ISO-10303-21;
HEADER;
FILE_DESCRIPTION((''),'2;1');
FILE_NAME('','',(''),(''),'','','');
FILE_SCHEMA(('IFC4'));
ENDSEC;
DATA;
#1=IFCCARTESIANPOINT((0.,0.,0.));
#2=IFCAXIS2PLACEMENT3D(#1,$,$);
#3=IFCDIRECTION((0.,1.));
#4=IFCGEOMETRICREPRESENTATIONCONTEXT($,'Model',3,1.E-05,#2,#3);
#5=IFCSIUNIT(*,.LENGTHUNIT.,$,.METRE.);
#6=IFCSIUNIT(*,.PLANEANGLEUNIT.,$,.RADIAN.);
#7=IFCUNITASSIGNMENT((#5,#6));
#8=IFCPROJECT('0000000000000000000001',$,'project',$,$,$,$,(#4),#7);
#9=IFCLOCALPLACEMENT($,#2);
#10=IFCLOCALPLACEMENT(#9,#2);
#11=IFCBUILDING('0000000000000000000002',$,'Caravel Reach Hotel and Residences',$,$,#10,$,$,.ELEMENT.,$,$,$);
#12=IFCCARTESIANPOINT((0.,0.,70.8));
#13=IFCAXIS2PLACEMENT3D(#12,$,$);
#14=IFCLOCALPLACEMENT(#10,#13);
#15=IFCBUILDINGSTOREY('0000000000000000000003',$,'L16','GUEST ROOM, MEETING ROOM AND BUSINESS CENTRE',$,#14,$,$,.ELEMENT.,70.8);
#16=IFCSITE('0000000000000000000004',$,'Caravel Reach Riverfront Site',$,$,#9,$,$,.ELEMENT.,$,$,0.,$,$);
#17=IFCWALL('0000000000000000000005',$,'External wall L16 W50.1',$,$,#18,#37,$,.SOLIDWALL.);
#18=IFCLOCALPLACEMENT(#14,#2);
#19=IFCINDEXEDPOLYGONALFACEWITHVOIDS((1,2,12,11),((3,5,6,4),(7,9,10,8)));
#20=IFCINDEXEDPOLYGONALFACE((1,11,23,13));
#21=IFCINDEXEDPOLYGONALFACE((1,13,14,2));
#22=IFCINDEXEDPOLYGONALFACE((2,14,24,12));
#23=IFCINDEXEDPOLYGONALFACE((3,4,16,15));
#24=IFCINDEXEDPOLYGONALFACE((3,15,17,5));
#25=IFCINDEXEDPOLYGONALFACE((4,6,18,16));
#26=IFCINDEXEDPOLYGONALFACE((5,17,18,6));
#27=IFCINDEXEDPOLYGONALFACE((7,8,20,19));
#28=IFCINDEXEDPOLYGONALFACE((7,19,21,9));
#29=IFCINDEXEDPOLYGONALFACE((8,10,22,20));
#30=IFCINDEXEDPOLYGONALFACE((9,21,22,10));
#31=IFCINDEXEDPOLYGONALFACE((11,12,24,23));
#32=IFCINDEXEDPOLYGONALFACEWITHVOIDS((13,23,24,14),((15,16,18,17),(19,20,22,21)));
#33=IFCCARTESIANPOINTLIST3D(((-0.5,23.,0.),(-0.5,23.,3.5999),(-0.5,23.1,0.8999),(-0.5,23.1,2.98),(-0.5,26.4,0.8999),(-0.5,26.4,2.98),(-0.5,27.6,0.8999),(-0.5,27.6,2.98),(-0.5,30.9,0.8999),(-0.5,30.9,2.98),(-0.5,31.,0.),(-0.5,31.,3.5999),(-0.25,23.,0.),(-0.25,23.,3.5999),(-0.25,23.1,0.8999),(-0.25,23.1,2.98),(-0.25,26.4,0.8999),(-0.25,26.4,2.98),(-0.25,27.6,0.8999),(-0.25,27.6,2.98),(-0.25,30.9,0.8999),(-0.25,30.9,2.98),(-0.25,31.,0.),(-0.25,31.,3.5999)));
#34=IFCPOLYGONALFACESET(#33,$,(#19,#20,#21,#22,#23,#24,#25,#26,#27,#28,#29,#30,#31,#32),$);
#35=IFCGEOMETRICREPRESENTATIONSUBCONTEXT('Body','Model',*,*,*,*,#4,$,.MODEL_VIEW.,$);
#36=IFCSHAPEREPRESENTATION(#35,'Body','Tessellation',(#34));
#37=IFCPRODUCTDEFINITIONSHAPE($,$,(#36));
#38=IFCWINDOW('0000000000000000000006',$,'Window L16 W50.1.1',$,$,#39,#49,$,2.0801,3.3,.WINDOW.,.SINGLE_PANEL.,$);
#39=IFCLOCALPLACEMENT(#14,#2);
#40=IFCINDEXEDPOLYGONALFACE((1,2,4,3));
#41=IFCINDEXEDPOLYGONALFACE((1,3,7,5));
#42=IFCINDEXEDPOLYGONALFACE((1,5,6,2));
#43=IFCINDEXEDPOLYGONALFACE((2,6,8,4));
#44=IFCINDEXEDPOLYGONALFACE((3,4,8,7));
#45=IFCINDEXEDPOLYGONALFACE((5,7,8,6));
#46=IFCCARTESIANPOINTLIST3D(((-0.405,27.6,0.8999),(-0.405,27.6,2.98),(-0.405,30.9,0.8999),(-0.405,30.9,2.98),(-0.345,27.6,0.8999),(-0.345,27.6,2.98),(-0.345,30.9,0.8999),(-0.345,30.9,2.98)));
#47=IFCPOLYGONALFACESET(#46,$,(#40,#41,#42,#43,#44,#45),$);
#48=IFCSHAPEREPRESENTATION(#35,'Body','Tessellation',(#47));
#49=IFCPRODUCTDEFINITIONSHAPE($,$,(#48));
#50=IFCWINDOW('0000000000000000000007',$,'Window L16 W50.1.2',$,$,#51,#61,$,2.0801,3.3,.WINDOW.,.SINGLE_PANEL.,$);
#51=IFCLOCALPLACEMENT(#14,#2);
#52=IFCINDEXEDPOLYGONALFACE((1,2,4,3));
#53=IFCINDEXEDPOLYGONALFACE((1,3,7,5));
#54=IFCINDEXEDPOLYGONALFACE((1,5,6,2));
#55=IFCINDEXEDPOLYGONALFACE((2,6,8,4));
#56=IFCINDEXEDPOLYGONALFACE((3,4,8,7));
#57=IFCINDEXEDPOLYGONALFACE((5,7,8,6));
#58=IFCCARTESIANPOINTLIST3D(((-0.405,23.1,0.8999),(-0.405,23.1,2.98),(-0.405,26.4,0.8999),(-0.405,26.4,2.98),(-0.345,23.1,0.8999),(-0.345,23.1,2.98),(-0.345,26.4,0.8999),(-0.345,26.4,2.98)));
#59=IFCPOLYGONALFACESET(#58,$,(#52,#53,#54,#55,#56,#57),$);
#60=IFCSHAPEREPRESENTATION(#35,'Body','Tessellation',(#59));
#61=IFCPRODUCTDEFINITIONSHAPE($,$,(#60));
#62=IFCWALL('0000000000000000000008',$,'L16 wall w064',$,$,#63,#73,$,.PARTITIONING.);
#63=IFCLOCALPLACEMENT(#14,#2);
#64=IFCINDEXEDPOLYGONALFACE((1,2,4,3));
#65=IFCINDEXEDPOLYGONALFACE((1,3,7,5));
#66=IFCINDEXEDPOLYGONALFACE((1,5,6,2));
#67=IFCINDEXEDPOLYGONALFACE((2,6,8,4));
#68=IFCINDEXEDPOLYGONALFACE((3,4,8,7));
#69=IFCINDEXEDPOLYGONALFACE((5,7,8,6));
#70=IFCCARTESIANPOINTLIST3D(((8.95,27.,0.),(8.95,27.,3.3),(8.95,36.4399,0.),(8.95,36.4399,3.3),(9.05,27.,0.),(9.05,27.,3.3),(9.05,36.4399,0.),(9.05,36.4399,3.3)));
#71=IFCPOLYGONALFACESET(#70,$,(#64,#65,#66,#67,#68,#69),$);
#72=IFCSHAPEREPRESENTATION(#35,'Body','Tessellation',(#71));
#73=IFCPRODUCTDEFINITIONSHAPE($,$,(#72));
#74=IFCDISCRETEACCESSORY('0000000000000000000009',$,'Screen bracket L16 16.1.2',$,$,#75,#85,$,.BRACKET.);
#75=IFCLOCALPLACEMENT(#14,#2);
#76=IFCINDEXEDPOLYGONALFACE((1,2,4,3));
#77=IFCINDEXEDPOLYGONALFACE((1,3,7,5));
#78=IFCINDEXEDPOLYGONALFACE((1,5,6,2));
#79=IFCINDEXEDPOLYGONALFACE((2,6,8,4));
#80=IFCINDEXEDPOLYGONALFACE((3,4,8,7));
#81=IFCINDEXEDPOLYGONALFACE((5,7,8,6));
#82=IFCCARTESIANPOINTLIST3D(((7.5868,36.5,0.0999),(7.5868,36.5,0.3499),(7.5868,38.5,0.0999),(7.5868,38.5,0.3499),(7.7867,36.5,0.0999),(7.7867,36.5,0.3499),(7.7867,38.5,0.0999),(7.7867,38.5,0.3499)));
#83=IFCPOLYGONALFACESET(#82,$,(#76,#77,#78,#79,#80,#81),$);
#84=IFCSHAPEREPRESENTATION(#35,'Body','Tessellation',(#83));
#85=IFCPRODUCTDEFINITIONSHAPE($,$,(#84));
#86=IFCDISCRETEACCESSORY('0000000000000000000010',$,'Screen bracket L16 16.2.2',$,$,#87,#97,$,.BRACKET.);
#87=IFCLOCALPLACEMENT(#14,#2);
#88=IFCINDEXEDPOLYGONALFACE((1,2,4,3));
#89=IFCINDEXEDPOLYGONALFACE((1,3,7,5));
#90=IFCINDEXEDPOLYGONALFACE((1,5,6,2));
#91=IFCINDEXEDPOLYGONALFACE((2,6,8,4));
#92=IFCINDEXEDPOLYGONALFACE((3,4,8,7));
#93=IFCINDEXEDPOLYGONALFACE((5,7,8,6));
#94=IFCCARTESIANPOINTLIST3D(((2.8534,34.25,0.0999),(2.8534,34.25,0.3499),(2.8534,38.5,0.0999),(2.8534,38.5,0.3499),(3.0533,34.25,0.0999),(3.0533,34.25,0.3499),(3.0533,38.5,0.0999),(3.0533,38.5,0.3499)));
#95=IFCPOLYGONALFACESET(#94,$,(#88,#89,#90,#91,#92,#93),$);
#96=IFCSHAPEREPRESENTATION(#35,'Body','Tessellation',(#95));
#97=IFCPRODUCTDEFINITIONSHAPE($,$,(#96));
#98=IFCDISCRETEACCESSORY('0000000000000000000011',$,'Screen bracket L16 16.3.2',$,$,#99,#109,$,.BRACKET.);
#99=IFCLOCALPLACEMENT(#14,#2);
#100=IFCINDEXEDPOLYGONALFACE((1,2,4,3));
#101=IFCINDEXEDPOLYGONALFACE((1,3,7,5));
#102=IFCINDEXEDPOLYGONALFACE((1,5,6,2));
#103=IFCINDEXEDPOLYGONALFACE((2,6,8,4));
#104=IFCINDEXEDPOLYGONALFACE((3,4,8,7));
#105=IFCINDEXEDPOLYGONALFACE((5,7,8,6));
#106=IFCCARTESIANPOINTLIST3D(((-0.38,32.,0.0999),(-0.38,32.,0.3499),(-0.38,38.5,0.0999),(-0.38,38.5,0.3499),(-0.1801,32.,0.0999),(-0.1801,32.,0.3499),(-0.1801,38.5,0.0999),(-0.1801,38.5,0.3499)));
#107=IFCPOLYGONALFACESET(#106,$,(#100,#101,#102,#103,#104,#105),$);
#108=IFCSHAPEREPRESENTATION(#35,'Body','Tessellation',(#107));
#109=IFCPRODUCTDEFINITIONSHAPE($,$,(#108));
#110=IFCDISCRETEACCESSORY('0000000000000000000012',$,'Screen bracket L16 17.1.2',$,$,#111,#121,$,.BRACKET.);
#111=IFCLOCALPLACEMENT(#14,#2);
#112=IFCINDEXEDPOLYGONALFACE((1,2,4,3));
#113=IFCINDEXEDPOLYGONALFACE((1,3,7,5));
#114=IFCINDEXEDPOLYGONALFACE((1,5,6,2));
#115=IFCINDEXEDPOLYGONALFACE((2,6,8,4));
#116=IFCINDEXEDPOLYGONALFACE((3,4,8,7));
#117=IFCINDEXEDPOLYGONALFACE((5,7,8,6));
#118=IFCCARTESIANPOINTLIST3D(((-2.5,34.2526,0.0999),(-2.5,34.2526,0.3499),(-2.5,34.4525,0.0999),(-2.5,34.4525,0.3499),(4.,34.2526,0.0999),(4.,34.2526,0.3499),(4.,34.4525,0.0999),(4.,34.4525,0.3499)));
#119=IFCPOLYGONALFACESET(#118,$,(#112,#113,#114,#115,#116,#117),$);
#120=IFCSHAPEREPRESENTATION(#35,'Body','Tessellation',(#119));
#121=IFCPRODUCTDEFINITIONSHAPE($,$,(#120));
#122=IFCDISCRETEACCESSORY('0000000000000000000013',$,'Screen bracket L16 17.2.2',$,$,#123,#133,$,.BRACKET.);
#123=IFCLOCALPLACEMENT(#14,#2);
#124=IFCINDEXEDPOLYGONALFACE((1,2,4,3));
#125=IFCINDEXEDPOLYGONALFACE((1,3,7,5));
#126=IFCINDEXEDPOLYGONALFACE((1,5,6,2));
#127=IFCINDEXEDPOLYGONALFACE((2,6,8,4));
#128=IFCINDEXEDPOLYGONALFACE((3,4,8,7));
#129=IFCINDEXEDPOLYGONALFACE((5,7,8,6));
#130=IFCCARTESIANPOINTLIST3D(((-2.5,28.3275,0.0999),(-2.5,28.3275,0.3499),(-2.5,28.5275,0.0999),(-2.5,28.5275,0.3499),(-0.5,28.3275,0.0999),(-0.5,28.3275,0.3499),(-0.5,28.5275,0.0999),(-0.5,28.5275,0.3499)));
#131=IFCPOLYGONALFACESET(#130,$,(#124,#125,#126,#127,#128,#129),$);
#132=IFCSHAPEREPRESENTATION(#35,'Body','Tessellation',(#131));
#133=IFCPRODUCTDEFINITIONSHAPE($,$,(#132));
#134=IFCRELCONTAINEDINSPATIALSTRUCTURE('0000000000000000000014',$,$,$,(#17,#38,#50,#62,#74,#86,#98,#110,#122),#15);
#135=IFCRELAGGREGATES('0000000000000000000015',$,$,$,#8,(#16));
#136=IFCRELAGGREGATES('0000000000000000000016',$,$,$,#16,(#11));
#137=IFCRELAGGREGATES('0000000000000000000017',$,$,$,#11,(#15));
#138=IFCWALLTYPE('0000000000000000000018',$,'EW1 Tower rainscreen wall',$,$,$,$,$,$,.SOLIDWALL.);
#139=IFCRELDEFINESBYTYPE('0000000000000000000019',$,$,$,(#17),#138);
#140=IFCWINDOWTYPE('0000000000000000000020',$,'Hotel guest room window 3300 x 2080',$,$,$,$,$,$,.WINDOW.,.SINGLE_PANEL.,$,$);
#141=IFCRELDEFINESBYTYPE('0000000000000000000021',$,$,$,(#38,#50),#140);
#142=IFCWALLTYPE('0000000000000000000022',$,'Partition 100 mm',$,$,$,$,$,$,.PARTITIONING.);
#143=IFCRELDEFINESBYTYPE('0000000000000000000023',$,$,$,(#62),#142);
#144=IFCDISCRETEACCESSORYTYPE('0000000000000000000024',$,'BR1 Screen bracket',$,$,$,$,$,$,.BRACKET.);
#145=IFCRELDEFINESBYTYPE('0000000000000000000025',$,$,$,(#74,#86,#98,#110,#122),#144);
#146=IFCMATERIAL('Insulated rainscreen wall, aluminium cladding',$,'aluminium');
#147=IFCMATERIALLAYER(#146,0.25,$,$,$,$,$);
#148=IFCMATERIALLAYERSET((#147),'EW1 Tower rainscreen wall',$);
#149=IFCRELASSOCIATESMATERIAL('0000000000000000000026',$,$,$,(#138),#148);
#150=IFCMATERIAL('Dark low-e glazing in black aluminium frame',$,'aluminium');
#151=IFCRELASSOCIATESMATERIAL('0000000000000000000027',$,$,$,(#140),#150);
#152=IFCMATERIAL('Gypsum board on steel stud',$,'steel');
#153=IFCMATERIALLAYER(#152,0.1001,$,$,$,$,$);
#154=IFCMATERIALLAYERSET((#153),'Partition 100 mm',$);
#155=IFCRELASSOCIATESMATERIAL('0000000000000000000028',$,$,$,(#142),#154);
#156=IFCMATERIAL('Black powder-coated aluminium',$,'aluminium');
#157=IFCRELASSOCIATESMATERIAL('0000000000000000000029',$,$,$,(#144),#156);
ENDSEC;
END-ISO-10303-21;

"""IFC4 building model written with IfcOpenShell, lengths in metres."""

from ifc_helpers import new_model, si_unit, direction, frame, frame_2d, origin, origin_2d, place, context, subcontext, project, spatial, rectangle, extrude, material, layer, layer_set, type_object, element, fill, save


model = new_model("IFC4")

# Units and contexts
model_context = context("Model", 3, precision=1e-05, world=origin(), true_north=direction((0.0, 1.0)))
body_context = subcontext(model_context, "Body", "Model", "MODEL_VIEW")
ifc_project = project(units=[si_unit("LENGTHUNIT", "METRE"), si_unit("PLANEANGLEUNIT", "RADIAN")], contexts=[model_context])

# Site, building, storey
site_placement = place(None, origin())
site = spatial("IfcSite", under=ifc_project, at=site_placement, Name="Caravel Reach Riverfront Site", CompositionType="ELEMENT", RefElevation=0.0)
building_placement = place(site_placement, origin())
building = spatial("IfcBuilding", under=site, at=building_placement, Name="Caravel Reach Hotel and Residences", CompositionType="ELEMENT")
storey_placement = place(building_placement, frame((0.0, 0.0, 70.8)))
storey = spatial("IfcBuildingStorey", under=building, at=storey_placement, Name="L16", Description="GUEST ROOM, MEETING ROOM AND BUSINESS CENTRE", CompositionType="ELEMENT", Elevation=70.8)

# Shared definitions
ifc_material_1 = material(Name="Insulated rainscreen wall, aluminium cladding", Category="aluminium")
ifc_layer_1 = layer(ifc_material_1, 0.25)
ifc_layer_set_1 = layer_set([ifc_layer_1], Name="EW1 Tower rainscreen wall")
wall_type_1 = type_object("IfcWallType", Name="EW1 Tower rainscreen wall", PredefinedType="SOLIDWALL", material=ifc_layer_set_1)

# Wall, openings, windows
wall_1_placement = place(storey_placement, frame((-0.375, 31.0, 0.0), z_axis=(0.0, 0.0, 1.0), x_axis=(0.0, -1.0, 0.0)))
wall_1 = element("IfcWall", 1, at=wall_1_placement, inside=storey, type_object=wall_type_1, Name="External wall L16 W50.1", PredefinedType="SOLIDWALL", context=body_context, shape_type="SweptSolid", body=[
    extrude(rectangle(XDim=8.0, YDim=0.25, at=frame_2d((4.0, 0.0))), origin(), (0.0, 0.0, 1.0), 3.5999),
])
opening_1_placement = place(wall_1_placement, frame((0.1001, 0.0, 0.8999)))
opening_1 = element("IfcOpeningElement", 2, at=opening_1_placement, cuts=wall_1, PredefinedType="OPENING", context=body_context, shape_type="SweptSolid", body=[
    extrude(rectangle(XDim=3.3, YDim=2.0801, at=frame_2d((1.6499, 1.04))), frame((0.0, 0.135, 0.0), z_axis=(0.0, -1.0, 0.0), x_axis=(1.0, 0.0, 0.0)), (0.0, 0.0, 1.0), 0.27),
])
opening_2_placement = place(wall_1_placement, frame((4.6001, 0.0, 0.8999)))
opening_2 = element("IfcOpeningElement", 3, at=opening_2_placement, cuts=wall_1, PredefinedType="OPENING", context=body_context, shape_type="SweptSolid", body=[
    extrude(rectangle(XDim=3.3, YDim=2.0801, at=frame_2d((1.6499, 1.04))), frame((0.0, 0.135, 0.0), z_axis=(0.0, -1.0, 0.0), x_axis=(1.0, 0.0, 0.0)), (0.0, 0.0, 1.0), 0.27),
])
ifc_material_2 = material(Name="Dark low-e glazing in black aluminium frame", Category="aluminium")
window_type_1 = type_object("IfcWindowType", Name="Hotel guest room window 3300 x 2080", PartitioningType="SINGLE_PANEL", PredefinedType="WINDOW", material=ifc_material_2)
window_1_placement = place(opening_1_placement, origin())
window_1 = element("IfcWindow", 4, at=window_1_placement, inside=storey, type_object=window_type_1, Name="Window L16 W50.1.1", OverallHeight=2.0801, OverallWidth=3.3, PartitioningType="SINGLE_PANEL", PredefinedType="WINDOW", context=body_context, shape_type="SweptSolid", body=[
    extrude(rectangle(XDim=3.3, YDim=2.0801, at=frame_2d((1.6499, 1.04))), frame((0.0, 0.03, 0.0), z_axis=(0.0, -1.0, 0.0), x_axis=(1.0, 0.0, 0.0)), (0.0, 0.0, 1.0), 0.0601),
])
fill(opening_1, window_1)
window_2_placement = place(opening_2_placement, origin())
window_2 = element("IfcWindow", 5, at=window_2_placement, inside=storey, type_object=window_type_1, Name="Window L16 W50.1.2", OverallHeight=2.0801, OverallWidth=3.3, PartitioningType="SINGLE_PANEL", PredefinedType="WINDOW", context=body_context, shape_type="SweptSolid", body=[
    extrude(rectangle(XDim=3.3, YDim=2.0801, at=frame_2d((1.6499, 1.04))), frame((0.0, 0.03, 0.0), z_axis=(0.0, -1.0, 0.0), x_axis=(1.0, 0.0, 0.0)), (0.0, 0.0, 1.0), 0.0601),
])
fill(opening_2, window_2)

# Wall
ifc_material_3 = material(Name="Gypsum board on steel stud", Category="steel")
ifc_layer_2 = layer(ifc_material_3, 0.1001)
ifc_layer_set_2 = layer_set([ifc_layer_2], Name="Partition 100 mm")
wall_type_2 = type_object("IfcWallType", Name="Partition 100 mm", PredefinedType="PARTITIONING", material=ifc_layer_set_2)
wall_2_placement = place(storey_placement, frame((9.0, 27.0, 0.0), z_axis=(0.0, 0.0, 1.0), x_axis=(0.0, 1.0, 0.0)))
element("IfcWall", 6, at=wall_2_placement, inside=storey, type_object=wall_type_2, Name="L16 wall w064", PredefinedType="PARTITIONING", context=body_context, shape_type="SweptSolid", body=[
    extrude(rectangle(XDim=9.4399, YDim=0.1001, at=frame_2d((4.72, 0.0))), origin(), (0.0, 0.0, 1.0), 3.3),
])

# Discrete accessories
ifc_material_4 = material(Name="Black powder-coated aluminium", Category="aluminium")
discrete_accessory_type = type_object("IfcDiscreteAccessoryType", Name="BR1 Screen bracket", PredefinedType="BRACKET", material=ifc_material_4)
discrete_accessory_1_placement = place(storey_placement, frame((7.6868, 37.5, 0.0999), z_axis=(0.0, 0.0, 1.0), x_axis=(0.0, 1.0, 0.0)))
element("IfcDiscreteAccessory", 7, at=discrete_accessory_1_placement, inside=storey, type_object=discrete_accessory_type, Name="Screen bracket L16 16.1.2", PredefinedType="BRACKET", context=body_context, shape_type="SweptSolid", body=[
    extrude(rectangle(XDim=2.0, YDim=0.2, at=origin_2d()), origin(), (0.0, 0.0, 1.0), 0.25),
])
discrete_accessory_2_placement = place(storey_placement, frame((2.9534, 36.375, 0.0999), z_axis=(0.0, 0.0, 1.0), x_axis=(0.0, 1.0, 0.0)))
element("IfcDiscreteAccessory", 8, at=discrete_accessory_2_placement, inside=storey, type_object=discrete_accessory_type, Name="Screen bracket L16 16.2.2", PredefinedType="BRACKET", context=body_context, shape_type="SweptSolid", body=[
    extrude(rectangle(XDim=4.25, YDim=0.2, at=origin_2d()), origin(), (0.0, 0.0, 1.0), 0.25),
])
for number, where, z_axis, x_axis, name in (
    (9, (-0.28, 35.25, 0.0999), (0.0, 0.0, 1.0), (0.0, 1.0, 0.0), "Screen bracket L16 16.3.2"),
    (10, (0.75, 34.3525, 0.0999), (0.0, 0.0, 1.0), (-1.0, 0.0, 0.0), "Screen bracket L16 17.1.2"),
):
    element("IfcDiscreteAccessory", number, at=place(storey_placement, frame(where, z_axis=z_axis, x_axis=x_axis)), inside=storey, type_object=discrete_accessory_type, Name=name, PredefinedType="BRACKET", context=body_context, shape_type="SweptSolid", body=[
        extrude(rectangle(XDim=6.5, YDim=0.2, at=origin_2d()), origin(), (0.0, 0.0, 1.0), 0.25),
    ])
discrete_accessory_3_placement = place(storey_placement, frame((-1.5, 28.4275, 0.0999), z_axis=(0.0, 0.0, 1.0), x_axis=(-1.0, 0.0, 0.0)))
element("IfcDiscreteAccessory", 11, at=discrete_accessory_3_placement, inside=storey, type_object=discrete_accessory_type, Name="Screen bracket L16 17.2.2", PredefinedType="BRACKET", context=body_context, shape_type="SweptSolid", body=[
    extrude(rectangle(XDim=2.0, YDim=0.2, at=origin_2d()), origin(), (0.0, 0.0, 1.0), 0.25),
])

save(model, "model.ifc")
